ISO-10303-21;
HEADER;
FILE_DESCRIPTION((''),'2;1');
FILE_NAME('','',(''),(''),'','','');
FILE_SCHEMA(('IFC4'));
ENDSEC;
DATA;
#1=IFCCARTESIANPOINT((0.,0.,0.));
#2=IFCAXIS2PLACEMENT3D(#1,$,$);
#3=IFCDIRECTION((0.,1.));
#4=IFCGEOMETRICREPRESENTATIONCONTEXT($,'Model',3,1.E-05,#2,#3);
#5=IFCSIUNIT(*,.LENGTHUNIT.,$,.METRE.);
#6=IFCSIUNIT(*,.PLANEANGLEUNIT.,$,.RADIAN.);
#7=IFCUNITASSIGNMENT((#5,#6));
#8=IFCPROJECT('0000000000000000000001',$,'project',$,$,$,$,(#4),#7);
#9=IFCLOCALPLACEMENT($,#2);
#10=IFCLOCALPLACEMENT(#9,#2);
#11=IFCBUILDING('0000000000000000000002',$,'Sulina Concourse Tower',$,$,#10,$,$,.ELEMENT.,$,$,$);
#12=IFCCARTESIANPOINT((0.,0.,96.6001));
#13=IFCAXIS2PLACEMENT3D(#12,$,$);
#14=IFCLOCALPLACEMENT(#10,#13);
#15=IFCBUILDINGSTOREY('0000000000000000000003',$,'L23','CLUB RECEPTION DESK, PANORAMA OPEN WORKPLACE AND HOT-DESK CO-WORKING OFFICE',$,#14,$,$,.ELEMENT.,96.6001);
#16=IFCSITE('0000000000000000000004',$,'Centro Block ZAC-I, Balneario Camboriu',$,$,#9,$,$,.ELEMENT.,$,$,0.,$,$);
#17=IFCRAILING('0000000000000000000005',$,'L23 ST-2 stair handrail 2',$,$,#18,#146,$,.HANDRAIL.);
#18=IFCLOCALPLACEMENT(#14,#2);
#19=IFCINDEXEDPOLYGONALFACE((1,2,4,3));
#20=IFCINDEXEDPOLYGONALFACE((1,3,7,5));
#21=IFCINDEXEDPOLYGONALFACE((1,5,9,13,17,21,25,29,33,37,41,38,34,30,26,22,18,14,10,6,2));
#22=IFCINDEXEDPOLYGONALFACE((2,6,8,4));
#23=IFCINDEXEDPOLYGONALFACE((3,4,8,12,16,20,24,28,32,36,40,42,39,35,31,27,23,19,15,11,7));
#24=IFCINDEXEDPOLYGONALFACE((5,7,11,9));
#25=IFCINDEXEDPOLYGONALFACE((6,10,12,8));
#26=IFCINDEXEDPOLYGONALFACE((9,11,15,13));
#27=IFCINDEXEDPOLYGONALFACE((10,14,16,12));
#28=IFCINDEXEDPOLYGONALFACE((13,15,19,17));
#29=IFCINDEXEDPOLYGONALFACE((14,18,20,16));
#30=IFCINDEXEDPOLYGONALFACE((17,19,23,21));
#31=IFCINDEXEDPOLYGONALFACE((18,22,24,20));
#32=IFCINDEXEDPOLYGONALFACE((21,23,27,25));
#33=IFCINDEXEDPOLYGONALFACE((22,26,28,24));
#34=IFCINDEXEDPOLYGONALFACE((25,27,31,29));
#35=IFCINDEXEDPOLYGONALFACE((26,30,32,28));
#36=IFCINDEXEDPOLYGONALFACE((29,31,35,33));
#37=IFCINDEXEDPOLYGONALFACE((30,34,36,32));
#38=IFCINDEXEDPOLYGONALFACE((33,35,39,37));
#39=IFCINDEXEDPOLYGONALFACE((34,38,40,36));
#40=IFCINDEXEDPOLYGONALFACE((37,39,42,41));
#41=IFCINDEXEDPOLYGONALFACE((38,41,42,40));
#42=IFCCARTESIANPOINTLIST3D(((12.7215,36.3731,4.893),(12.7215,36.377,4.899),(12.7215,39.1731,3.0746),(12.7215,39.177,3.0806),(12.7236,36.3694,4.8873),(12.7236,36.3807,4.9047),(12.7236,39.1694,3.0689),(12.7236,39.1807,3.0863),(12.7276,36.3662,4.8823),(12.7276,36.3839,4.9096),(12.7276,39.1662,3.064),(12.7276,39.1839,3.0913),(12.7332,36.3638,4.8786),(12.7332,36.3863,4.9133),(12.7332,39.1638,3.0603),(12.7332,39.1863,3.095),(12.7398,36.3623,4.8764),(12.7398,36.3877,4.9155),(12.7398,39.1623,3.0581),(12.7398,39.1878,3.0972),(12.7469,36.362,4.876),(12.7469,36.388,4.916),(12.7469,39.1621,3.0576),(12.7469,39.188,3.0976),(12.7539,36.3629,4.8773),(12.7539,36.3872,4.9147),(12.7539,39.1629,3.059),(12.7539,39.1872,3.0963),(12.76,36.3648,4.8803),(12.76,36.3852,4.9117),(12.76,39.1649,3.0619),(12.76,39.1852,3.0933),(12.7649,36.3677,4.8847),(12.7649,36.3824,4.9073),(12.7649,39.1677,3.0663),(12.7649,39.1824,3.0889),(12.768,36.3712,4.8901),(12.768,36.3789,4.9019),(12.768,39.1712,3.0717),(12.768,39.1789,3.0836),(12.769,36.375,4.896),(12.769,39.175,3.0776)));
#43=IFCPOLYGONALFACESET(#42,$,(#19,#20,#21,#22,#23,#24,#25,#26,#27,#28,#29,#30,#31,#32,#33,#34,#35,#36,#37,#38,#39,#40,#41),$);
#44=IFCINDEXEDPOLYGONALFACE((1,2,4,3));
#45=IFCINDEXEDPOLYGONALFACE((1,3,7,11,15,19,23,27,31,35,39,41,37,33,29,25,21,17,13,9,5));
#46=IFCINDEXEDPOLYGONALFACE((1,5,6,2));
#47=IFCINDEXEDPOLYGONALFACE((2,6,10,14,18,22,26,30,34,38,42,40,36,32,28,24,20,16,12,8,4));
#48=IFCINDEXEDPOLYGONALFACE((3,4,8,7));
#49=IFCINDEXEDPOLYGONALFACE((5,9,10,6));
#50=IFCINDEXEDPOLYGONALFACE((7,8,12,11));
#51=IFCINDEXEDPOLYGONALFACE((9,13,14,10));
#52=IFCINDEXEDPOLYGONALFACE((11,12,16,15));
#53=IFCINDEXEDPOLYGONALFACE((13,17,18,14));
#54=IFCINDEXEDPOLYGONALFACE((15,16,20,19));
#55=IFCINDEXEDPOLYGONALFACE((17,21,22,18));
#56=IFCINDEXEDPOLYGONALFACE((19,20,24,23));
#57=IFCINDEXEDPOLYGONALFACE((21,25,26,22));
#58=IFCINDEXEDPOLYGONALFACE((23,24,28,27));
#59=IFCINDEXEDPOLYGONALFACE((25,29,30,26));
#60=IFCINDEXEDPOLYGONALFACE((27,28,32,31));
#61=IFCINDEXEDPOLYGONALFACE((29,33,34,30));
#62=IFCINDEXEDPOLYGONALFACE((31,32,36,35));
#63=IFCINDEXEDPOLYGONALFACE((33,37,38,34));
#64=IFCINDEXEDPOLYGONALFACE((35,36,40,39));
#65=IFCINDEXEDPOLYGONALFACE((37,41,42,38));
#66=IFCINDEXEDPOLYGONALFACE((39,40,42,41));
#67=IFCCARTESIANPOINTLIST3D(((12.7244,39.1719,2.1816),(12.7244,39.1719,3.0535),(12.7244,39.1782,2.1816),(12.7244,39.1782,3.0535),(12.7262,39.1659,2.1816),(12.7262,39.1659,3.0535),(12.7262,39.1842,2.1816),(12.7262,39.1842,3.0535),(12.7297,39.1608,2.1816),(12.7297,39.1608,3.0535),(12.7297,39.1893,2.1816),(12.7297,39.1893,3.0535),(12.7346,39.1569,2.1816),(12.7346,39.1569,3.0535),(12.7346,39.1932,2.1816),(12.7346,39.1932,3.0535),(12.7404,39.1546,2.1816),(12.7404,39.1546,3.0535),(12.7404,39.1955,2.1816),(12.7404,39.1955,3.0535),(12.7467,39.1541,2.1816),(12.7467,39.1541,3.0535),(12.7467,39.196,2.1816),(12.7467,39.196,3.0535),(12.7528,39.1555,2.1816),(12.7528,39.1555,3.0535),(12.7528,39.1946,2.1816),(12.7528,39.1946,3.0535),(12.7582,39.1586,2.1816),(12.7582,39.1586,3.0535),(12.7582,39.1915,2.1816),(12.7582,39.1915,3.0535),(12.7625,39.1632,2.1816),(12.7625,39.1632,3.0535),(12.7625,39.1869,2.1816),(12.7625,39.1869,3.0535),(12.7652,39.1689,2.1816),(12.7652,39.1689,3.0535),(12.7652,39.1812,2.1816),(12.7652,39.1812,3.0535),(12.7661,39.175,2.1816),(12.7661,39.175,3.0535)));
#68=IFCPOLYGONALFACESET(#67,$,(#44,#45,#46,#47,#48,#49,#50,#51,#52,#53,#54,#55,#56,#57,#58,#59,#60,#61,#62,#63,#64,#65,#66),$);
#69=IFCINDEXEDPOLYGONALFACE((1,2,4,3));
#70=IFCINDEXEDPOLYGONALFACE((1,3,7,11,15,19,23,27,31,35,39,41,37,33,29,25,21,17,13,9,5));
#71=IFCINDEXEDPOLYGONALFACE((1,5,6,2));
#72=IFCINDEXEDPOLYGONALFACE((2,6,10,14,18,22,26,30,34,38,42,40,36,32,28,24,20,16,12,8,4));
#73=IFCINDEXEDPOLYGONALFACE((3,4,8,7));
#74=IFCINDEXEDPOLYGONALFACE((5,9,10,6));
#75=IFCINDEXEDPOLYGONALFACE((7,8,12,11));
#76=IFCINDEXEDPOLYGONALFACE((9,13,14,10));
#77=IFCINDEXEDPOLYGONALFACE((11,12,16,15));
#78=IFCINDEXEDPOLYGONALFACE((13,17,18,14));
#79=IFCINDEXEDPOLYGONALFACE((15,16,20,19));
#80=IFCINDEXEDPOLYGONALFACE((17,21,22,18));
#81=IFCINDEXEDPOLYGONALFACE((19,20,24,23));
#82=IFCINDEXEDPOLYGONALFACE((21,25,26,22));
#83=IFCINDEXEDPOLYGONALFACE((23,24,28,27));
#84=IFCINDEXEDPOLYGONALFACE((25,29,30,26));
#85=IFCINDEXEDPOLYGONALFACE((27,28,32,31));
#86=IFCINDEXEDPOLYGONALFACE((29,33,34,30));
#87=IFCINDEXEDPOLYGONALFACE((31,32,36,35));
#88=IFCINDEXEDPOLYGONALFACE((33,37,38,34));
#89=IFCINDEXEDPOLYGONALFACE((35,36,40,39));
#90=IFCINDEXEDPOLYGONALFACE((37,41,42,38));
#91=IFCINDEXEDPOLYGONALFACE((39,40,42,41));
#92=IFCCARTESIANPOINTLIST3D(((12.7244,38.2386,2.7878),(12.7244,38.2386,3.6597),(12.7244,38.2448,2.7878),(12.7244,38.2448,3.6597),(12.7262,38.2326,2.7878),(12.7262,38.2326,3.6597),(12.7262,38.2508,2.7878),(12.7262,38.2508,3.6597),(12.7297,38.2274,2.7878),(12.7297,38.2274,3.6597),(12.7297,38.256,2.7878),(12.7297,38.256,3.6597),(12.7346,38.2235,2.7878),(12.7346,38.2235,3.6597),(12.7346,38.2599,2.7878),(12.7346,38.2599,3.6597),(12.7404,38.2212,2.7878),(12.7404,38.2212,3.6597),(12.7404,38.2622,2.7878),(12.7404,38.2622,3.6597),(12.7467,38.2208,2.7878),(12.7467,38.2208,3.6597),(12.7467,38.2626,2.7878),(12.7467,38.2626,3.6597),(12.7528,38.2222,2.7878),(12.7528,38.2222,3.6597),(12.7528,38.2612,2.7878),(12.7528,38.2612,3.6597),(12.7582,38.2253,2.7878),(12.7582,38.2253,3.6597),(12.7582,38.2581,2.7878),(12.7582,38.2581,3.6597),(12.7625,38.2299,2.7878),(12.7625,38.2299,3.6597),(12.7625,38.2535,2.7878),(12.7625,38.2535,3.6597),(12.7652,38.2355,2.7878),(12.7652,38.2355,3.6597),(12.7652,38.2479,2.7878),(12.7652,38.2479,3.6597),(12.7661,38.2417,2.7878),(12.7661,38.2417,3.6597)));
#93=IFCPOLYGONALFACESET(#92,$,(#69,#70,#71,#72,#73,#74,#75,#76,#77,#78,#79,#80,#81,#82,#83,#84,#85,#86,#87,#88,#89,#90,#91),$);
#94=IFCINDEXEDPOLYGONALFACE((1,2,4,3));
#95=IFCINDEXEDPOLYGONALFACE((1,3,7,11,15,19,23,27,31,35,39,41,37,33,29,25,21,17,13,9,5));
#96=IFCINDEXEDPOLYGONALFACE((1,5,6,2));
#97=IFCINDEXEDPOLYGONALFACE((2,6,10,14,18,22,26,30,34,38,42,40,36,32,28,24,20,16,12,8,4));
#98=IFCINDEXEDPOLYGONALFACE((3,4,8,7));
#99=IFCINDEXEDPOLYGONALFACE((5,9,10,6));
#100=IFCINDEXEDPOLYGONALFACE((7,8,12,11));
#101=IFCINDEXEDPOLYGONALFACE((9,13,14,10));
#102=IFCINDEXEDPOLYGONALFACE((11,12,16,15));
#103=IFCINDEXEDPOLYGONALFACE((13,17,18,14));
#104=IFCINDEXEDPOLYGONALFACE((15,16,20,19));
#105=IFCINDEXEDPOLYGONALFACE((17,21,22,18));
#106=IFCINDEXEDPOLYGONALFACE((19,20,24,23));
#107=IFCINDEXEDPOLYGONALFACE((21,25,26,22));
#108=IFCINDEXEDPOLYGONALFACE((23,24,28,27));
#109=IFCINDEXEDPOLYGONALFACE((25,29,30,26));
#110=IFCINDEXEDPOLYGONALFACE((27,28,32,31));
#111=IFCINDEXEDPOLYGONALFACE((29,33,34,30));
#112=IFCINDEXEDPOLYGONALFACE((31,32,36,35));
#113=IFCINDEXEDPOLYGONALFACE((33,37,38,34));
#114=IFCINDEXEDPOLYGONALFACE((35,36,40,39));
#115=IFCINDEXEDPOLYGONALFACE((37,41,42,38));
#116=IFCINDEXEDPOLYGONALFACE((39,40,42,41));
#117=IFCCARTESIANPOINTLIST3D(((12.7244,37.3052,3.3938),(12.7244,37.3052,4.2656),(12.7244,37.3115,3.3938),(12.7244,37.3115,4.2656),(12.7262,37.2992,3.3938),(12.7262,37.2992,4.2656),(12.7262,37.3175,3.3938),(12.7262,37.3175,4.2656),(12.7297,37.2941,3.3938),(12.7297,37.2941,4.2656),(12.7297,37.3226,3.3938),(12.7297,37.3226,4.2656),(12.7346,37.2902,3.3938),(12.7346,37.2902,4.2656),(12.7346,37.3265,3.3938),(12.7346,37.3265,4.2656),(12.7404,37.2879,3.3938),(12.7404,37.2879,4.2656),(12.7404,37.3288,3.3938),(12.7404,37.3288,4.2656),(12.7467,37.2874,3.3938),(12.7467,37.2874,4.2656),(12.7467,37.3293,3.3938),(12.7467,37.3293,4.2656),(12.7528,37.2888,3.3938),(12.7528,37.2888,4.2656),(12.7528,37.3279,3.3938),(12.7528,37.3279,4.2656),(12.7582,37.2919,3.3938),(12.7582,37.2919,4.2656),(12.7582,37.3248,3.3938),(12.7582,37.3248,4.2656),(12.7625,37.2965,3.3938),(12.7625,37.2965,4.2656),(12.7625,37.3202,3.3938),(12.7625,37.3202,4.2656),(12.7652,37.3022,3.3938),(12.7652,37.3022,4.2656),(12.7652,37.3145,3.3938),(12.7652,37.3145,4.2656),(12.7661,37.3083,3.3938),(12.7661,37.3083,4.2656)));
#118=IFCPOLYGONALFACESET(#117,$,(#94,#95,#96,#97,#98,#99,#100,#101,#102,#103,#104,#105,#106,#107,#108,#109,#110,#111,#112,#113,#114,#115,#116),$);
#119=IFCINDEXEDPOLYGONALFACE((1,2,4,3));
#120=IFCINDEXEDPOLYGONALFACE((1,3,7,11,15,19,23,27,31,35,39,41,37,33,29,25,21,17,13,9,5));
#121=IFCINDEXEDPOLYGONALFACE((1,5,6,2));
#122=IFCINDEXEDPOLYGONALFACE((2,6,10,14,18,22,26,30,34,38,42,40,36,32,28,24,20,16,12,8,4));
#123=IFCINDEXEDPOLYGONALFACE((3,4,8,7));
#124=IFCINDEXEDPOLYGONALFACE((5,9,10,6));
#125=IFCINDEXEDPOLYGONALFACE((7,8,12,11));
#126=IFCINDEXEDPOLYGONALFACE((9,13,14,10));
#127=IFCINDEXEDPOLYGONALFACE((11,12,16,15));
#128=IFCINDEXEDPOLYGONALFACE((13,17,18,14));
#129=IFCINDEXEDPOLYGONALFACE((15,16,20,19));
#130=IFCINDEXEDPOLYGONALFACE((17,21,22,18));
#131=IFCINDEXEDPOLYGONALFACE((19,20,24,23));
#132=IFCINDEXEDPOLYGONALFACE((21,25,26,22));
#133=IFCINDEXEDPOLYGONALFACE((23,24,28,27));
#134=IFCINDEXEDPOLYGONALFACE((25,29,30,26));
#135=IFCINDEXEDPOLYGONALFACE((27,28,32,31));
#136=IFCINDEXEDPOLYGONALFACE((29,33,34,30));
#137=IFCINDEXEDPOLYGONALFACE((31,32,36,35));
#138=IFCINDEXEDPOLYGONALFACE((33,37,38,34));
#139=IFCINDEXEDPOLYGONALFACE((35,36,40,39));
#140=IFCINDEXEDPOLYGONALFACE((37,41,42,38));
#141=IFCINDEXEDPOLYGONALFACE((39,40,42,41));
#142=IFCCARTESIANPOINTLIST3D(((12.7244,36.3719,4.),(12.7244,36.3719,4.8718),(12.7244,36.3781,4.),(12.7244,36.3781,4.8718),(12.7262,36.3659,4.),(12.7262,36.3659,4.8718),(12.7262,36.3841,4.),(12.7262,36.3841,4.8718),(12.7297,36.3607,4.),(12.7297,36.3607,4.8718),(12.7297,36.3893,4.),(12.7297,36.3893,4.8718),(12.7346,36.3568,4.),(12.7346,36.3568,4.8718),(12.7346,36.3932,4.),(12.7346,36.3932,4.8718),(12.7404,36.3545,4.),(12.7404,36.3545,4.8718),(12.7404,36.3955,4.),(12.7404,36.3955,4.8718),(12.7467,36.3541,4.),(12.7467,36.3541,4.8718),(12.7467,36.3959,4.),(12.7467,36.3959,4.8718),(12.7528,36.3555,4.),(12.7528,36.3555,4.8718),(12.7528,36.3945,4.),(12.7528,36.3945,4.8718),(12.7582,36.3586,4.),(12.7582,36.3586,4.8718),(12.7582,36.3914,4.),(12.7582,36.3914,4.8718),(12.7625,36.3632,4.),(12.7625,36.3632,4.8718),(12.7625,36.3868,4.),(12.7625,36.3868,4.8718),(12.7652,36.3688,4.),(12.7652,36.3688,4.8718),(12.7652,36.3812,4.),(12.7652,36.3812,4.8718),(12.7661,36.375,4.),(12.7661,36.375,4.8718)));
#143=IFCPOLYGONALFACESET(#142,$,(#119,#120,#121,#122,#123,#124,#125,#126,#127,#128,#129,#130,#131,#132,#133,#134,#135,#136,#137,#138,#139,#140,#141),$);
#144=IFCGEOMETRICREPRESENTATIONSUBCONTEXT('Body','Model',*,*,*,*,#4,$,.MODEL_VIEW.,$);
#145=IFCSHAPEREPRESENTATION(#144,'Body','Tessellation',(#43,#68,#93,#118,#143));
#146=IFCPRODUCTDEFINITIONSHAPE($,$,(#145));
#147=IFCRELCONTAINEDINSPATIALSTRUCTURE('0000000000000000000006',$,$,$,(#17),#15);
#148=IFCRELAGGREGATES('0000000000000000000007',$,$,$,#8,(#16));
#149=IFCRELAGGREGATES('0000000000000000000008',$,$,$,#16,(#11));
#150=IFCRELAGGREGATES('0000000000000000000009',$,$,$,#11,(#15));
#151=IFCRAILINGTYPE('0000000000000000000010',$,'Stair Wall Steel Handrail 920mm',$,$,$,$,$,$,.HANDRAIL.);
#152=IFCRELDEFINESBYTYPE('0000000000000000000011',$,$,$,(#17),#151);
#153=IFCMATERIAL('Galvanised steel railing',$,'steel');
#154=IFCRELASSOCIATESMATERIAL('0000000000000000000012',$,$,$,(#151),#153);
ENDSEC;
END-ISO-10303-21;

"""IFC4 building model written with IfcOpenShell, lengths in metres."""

from ifc_helpers import new_model, si_unit, direction, frame, origin, origin_2d, place, context, subcontext, project, spatial, circle, extrude, material, type_object, element, save


model = new_model("IFC4")

# Units and contexts
model_context = context("Model", 3, precision=1e-05, world=origin(), true_north=direction((0.0, 1.0)))
body_context = subcontext(model_context, "Body", "Model", "MODEL_VIEW")
ifc_project = project(units=[si_unit("LENGTHUNIT", "METRE"), si_unit("PLANEANGLEUNIT", "RADIAN")], contexts=[model_context])

# Site, building, storey
site_placement = place(None, origin())
site = spatial("IfcSite", under=ifc_project, at=site_placement, Name="Centro Block ZAC-I, Balneario Camboriu", CompositionType="ELEMENT", RefElevation=0.0)
building_placement = place(site_placement, origin())
building = spatial("IfcBuilding", under=site, at=building_placement, Name="Sulina Concourse Tower", CompositionType="ELEMENT")
storey_placement = place(building_placement, frame((0.0, 0.0, 96.6001)))
storey = spatial("IfcBuildingStorey", under=building, at=storey_placement, Name="L23", Description="CLUB RECEPTION DESK, PANORAMA OPEN WORKPLACE AND HOT-DESK CO-WORKING OFFICE", CompositionType="ELEMENT", Elevation=96.6001)

# Railing
ifc_material_1 = material(Name="Galvanised steel railing", Category="steel")
railing_type_1 = type_object("IfcRailingType", Name="Stair Wall Steel Handrail 920mm", PredefinedType="HANDRAIL", material=ifc_material_1)
railing_1_placement = place(storey_placement, frame((12.7451, 39.175, 2.1816)))
element("IfcRailing", 1, at=railing_1_placement, inside=storey, type_object=railing_type_1, Name="L23 ST-2 stair handrail 2", PredefinedType="HANDRAIL", context=body_context, shape_type="SweptSolid", body=[
    extrude(circle(Radius=0.0239, at=origin_2d()), frame((0.0, 0.0, 0.896), z_axis=(0.0, -0.838672, 0.544636), x_axis=(1.0, 0.0, 0.0)), (0.0, 0.0, 1.0), 3.3386),
    extrude(circle(Radius=0.021, at=origin_2d()), origin(), (0.0, 0.0, 1.0), 0.8718),
    extrude(circle(Radius=0.021, at=origin_2d()), frame((0.0, -0.9333, 0.6062)), (0.0, 0.0, 1.0), 0.8718),
    extrude(circle(Radius=0.021, at=origin_2d()), frame((0.0, -1.8667, 1.2122)), (0.0, 0.0, 1.0), 0.8718),
    extrude(circle(Radius=0.021, at=origin_2d()), frame((0.0, -2.8, 1.8184)), (0.0, 0.0, 1.0), 0.8718),
])

save(model, "model.ifc")
